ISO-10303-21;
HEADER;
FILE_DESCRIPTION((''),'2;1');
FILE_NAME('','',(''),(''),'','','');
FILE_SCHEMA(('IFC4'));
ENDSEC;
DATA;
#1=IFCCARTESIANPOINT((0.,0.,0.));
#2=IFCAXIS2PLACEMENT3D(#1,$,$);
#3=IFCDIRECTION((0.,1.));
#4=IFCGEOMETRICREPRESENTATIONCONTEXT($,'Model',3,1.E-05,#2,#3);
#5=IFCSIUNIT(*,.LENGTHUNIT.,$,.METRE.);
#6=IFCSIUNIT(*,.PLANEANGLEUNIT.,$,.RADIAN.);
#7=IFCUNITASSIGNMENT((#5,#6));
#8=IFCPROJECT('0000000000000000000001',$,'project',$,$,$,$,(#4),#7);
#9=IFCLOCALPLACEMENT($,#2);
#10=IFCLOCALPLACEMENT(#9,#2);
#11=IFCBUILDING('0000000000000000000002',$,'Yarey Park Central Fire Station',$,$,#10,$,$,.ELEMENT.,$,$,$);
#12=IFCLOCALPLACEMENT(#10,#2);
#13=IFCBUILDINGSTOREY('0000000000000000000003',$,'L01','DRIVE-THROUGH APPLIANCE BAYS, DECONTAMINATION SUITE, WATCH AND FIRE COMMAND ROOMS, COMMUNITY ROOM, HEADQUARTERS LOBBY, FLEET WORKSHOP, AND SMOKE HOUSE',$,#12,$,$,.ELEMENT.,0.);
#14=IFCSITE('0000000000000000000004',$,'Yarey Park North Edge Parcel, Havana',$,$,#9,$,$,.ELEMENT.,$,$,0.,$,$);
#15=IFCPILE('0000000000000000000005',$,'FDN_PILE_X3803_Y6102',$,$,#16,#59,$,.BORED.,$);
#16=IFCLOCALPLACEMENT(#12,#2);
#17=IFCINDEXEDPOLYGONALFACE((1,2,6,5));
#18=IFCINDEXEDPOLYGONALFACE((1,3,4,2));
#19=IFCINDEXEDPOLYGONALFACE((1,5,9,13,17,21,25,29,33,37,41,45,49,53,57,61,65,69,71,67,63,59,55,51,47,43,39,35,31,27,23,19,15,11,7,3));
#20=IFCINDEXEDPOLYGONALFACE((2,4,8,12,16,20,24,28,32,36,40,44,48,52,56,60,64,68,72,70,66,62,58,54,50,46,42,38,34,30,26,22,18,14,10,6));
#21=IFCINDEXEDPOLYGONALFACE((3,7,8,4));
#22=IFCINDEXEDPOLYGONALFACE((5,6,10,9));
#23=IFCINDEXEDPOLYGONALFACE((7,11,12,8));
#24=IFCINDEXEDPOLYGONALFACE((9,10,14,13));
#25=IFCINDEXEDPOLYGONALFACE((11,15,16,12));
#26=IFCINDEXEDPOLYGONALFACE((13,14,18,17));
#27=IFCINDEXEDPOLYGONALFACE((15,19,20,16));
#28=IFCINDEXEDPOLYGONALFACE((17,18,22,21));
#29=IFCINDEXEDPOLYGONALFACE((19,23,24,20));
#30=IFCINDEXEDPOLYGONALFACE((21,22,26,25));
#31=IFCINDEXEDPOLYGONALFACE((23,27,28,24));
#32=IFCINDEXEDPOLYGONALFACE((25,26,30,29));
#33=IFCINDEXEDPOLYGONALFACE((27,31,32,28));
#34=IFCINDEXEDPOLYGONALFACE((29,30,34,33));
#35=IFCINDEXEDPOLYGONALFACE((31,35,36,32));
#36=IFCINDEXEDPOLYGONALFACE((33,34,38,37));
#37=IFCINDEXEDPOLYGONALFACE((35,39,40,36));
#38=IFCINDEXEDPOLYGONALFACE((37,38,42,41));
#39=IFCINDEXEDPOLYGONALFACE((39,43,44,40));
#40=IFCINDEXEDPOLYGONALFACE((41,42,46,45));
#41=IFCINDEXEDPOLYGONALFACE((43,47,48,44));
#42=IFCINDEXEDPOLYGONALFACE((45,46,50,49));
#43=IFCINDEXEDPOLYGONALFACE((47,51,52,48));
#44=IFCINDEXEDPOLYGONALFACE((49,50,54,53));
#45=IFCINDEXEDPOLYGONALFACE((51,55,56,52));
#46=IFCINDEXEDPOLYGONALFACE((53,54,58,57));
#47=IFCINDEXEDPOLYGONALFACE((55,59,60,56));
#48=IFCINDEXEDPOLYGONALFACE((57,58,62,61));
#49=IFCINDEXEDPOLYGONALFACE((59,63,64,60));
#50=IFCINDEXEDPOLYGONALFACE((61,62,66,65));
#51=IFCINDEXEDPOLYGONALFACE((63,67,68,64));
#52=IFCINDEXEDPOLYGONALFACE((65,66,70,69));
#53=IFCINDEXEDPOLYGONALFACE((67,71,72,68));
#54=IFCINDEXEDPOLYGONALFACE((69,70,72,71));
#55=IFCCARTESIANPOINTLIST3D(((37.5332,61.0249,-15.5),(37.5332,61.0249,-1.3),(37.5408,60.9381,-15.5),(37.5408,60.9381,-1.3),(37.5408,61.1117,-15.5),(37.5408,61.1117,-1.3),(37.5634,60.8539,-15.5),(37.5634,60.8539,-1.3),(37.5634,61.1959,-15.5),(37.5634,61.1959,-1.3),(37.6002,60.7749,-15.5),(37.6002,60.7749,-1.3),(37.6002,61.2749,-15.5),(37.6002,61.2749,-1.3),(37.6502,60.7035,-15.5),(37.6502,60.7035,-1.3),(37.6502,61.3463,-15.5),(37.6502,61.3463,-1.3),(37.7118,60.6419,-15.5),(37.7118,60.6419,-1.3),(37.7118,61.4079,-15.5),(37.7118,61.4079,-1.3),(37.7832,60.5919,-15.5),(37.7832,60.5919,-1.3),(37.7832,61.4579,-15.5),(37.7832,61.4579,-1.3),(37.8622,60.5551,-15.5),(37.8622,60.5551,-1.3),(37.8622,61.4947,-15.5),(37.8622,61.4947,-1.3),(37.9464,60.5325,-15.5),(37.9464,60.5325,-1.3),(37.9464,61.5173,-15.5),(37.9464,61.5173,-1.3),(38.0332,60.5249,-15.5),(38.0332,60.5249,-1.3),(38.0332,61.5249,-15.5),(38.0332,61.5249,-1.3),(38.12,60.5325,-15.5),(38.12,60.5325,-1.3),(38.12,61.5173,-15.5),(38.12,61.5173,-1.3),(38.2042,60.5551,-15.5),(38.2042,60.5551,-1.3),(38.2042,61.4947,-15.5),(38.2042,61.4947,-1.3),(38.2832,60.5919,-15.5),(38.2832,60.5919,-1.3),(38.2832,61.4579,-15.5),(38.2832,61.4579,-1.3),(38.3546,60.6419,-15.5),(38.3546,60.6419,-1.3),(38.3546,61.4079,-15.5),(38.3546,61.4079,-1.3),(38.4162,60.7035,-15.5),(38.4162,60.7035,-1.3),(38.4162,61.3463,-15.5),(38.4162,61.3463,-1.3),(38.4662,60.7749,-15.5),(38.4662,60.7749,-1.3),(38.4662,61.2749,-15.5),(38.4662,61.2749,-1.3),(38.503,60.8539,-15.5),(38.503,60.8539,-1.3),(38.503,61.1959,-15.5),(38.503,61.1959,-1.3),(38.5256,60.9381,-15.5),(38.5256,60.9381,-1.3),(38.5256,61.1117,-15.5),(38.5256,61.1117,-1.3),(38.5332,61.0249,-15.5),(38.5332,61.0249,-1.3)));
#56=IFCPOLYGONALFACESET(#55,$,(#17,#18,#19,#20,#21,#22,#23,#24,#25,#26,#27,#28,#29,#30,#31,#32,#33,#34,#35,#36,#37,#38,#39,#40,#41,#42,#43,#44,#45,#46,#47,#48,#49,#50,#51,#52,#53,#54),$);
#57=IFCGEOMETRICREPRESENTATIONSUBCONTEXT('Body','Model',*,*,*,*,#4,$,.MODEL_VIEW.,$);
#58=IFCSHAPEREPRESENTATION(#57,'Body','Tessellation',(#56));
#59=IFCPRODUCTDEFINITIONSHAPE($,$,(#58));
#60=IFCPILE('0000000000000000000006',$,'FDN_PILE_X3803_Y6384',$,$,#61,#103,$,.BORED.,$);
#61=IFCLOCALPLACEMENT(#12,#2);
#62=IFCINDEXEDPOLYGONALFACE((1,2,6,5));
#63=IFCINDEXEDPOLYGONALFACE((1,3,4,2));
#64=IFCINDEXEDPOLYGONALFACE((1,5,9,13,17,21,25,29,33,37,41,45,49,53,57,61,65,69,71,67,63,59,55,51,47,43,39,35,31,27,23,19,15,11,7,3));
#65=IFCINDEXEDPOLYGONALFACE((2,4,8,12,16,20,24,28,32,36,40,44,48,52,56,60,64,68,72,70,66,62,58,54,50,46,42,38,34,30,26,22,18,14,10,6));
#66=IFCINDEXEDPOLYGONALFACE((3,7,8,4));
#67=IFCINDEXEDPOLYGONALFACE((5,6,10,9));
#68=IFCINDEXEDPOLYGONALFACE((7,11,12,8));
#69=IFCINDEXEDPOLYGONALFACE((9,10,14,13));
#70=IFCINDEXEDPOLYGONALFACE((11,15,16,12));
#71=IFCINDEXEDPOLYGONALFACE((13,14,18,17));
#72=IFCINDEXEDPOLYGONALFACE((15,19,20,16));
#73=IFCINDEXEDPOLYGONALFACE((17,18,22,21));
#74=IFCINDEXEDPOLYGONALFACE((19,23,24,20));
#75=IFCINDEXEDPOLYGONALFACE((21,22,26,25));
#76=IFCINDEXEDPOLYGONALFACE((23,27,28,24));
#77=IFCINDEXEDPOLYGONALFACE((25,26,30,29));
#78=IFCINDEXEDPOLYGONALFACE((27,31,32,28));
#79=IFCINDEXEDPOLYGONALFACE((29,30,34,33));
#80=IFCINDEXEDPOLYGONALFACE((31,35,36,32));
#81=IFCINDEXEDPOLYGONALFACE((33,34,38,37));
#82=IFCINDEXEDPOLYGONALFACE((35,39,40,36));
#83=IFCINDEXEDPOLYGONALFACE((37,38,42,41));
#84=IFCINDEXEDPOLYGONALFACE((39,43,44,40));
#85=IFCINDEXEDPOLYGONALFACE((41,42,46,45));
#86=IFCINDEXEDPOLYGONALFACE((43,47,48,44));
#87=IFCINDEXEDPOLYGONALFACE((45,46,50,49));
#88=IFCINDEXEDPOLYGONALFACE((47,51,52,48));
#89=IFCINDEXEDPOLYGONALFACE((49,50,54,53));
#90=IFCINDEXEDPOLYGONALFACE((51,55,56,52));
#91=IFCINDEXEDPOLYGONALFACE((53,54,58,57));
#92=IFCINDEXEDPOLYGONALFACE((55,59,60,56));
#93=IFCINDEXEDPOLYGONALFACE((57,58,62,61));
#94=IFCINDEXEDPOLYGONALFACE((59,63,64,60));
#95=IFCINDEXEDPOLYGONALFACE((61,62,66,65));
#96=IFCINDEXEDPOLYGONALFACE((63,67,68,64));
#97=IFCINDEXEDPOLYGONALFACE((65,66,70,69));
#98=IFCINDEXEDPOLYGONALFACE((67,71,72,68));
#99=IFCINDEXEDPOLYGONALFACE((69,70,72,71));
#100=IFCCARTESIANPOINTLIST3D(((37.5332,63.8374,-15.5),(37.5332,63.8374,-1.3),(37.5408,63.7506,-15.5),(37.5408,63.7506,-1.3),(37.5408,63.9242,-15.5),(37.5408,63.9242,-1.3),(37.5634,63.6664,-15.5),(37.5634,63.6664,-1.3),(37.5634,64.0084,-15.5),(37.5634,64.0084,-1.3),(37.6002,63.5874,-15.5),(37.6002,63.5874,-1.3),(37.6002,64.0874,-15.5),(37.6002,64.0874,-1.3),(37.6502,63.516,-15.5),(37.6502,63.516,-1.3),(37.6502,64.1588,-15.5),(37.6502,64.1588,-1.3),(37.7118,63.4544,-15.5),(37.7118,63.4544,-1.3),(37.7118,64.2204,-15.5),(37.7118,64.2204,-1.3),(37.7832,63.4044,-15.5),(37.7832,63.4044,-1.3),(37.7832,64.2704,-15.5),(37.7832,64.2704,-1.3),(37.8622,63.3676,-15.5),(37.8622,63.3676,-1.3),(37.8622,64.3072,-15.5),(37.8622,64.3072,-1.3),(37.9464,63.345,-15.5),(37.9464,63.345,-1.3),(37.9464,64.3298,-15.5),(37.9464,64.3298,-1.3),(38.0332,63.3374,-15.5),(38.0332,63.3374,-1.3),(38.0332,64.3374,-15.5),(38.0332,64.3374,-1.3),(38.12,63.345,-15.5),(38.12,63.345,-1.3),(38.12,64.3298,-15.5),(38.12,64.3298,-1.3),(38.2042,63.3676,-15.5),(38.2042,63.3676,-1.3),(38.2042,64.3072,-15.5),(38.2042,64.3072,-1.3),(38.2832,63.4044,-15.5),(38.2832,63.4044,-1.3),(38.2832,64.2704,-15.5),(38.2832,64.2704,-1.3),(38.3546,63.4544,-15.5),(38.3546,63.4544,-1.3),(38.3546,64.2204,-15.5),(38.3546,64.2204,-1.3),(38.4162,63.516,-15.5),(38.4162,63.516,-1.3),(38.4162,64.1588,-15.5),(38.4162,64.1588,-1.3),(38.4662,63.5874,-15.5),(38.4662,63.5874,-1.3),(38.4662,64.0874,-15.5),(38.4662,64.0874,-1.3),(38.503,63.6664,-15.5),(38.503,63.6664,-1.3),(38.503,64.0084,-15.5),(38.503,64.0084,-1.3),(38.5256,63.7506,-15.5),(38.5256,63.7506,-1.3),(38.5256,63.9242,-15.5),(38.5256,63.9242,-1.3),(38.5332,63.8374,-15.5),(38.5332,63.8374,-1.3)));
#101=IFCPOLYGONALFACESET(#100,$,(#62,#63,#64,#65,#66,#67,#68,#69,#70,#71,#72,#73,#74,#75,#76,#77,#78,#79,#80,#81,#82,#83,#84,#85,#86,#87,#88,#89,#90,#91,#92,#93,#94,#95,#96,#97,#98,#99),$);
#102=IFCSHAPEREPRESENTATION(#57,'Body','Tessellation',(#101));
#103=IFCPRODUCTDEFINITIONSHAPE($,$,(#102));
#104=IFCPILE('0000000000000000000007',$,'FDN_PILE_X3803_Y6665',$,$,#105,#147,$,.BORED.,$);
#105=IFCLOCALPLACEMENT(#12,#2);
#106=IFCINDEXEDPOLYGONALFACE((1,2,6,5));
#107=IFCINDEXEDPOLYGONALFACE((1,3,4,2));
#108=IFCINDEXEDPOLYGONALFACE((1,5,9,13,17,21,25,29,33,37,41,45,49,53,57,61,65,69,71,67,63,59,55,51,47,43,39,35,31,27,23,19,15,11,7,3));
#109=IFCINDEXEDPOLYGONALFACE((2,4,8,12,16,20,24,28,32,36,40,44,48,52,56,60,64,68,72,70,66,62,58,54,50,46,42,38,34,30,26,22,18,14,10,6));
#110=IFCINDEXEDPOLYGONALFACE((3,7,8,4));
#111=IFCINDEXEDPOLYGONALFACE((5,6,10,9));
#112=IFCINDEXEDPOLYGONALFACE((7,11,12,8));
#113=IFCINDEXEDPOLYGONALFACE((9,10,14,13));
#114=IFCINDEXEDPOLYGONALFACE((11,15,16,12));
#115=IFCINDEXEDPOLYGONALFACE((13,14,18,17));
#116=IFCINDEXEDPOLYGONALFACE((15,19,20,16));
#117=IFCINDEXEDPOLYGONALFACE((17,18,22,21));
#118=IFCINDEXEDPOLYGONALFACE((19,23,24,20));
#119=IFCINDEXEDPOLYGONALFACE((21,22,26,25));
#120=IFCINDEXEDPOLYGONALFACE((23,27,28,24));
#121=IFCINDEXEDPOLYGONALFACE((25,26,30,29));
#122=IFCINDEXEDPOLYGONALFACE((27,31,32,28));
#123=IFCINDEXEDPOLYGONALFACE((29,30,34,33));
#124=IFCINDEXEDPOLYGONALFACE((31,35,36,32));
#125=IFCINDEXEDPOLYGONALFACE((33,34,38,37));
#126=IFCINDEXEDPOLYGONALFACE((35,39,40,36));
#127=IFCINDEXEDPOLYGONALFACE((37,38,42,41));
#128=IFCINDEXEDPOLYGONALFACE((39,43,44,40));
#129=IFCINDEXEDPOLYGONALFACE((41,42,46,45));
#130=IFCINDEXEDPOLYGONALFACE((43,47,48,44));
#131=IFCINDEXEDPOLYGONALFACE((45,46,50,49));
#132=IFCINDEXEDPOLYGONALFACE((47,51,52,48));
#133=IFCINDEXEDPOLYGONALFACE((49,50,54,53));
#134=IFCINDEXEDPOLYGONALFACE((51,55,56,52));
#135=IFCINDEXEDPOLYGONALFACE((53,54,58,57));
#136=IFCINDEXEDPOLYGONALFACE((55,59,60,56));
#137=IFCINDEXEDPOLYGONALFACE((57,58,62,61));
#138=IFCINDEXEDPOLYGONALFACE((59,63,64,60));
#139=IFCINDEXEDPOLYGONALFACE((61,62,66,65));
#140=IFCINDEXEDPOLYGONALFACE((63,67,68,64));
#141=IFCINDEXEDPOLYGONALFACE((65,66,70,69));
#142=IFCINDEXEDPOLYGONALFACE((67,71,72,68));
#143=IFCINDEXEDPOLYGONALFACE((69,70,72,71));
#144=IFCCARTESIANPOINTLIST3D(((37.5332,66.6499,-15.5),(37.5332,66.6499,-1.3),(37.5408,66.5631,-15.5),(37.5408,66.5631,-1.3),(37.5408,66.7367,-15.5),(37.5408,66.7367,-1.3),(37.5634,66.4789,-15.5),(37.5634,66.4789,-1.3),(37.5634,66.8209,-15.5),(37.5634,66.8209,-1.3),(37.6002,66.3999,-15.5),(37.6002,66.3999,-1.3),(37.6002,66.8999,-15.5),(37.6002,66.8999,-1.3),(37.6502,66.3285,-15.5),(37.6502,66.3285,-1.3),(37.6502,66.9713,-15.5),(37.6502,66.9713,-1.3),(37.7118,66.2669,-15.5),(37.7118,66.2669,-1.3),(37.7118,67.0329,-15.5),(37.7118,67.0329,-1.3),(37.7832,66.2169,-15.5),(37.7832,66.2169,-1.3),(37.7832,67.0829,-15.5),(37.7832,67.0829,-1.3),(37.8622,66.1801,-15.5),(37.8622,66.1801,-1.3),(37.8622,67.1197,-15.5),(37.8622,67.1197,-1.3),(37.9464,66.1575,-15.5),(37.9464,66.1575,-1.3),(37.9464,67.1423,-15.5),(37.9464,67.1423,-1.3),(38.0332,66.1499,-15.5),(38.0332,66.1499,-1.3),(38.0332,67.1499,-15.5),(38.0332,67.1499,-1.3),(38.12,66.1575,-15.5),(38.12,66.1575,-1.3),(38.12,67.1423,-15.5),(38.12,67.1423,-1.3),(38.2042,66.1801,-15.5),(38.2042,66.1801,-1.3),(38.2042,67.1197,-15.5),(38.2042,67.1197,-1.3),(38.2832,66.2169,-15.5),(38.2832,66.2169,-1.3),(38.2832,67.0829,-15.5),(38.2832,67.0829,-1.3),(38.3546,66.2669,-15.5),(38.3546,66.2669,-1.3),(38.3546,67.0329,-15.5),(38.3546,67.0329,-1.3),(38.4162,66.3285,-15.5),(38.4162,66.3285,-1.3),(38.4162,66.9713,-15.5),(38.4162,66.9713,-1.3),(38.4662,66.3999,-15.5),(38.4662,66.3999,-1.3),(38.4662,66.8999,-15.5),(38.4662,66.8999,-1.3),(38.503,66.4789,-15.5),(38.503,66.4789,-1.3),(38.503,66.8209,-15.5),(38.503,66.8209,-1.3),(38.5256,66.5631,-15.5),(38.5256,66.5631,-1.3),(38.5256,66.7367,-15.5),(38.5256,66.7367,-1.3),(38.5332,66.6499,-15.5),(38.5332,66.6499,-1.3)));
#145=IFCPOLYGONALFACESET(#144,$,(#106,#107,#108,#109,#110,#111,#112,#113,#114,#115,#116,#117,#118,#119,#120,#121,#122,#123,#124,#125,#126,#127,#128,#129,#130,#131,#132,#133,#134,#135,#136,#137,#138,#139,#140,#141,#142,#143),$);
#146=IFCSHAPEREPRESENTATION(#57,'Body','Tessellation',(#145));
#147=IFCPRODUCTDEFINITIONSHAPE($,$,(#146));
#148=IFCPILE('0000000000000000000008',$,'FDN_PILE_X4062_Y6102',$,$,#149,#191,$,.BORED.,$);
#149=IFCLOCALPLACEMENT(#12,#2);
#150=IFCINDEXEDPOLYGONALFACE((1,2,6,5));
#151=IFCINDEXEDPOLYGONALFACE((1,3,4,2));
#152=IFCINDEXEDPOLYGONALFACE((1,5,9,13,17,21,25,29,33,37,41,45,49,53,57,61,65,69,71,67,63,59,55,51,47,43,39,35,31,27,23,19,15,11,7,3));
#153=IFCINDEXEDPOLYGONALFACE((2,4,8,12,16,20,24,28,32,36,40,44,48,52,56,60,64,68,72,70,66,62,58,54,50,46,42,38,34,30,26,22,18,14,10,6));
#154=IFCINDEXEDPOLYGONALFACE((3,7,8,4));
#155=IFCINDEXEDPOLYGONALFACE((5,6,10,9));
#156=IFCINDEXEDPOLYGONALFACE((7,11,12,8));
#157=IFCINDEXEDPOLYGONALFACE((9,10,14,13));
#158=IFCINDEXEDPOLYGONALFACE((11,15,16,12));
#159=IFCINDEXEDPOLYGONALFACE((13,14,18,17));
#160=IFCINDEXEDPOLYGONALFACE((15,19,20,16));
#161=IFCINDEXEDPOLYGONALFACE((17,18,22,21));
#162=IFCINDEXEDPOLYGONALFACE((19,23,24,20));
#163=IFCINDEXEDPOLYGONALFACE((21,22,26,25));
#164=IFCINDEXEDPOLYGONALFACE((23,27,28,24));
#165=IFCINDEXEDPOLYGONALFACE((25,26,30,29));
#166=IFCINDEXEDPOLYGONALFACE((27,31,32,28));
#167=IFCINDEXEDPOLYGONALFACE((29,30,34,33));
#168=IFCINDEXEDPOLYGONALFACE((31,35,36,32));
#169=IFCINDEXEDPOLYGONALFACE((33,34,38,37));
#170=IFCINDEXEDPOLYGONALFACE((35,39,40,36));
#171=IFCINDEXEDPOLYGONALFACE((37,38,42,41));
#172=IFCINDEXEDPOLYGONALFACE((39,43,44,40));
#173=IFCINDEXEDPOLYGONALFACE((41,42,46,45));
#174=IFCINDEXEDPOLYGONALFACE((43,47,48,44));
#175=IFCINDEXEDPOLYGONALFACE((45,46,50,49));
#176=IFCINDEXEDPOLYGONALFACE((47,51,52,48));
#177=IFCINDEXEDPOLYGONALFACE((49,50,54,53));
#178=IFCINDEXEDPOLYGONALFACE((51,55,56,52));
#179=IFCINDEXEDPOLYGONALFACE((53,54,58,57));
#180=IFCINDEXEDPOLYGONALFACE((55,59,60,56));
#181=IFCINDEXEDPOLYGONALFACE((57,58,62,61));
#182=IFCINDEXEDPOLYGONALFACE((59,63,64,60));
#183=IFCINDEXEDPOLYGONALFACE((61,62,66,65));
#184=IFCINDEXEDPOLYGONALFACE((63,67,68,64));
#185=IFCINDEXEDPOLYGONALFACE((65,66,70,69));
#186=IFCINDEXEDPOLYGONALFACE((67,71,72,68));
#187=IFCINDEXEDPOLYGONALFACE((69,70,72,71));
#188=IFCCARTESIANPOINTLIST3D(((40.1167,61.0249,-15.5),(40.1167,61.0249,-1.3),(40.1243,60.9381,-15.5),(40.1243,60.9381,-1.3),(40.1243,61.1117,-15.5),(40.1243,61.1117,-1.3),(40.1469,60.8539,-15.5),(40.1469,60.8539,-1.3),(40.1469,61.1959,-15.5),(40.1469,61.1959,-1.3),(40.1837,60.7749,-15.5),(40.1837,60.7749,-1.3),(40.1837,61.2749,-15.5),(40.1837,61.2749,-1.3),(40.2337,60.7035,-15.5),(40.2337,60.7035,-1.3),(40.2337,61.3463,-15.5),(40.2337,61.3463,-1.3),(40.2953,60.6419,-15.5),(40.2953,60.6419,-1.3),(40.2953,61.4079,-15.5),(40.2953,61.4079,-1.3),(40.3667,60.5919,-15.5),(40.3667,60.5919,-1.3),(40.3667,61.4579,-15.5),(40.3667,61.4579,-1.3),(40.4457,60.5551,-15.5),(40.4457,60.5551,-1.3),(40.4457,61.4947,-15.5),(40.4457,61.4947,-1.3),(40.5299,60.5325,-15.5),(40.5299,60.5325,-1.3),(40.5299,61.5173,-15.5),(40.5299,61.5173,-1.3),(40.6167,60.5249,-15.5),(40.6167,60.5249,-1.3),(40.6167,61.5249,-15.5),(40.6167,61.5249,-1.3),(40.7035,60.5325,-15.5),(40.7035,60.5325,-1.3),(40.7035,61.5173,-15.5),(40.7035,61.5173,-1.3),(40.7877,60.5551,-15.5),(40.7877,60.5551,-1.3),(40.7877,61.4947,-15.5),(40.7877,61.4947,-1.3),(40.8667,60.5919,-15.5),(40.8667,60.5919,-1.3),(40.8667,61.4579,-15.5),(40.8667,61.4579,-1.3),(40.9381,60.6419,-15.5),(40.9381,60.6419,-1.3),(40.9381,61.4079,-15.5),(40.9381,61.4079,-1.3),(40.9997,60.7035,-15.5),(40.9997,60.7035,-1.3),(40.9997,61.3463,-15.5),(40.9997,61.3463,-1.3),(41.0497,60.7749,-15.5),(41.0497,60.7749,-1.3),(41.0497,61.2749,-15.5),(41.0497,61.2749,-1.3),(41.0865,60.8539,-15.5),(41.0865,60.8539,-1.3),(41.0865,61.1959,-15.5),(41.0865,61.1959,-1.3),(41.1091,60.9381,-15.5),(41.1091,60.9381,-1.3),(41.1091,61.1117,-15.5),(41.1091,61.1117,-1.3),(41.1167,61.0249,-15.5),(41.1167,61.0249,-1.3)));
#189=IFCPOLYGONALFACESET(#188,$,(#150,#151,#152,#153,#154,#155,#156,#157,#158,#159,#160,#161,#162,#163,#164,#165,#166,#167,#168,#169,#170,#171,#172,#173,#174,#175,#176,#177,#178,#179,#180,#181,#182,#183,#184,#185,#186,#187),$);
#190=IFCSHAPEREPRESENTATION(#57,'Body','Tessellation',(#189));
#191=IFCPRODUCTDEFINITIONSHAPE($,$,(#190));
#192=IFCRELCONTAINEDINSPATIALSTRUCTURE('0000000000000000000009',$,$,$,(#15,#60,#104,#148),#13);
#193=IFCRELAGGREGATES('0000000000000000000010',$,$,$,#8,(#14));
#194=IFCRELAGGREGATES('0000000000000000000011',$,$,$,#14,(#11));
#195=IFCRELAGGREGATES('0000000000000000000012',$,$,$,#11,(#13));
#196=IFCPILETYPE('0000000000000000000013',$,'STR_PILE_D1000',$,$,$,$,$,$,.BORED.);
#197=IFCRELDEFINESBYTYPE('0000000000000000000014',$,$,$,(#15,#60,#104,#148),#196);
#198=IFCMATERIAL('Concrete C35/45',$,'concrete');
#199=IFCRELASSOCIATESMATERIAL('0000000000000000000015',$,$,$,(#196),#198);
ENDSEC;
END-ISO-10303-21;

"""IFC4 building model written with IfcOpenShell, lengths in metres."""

from ifc_helpers import new_model, si_unit, direction, frame, origin, origin_2d, place, context, subcontext, project, spatial, circle, extrude, material, material_profile, profile_set, type_object, element, save


model = new_model("IFC4")

# Units and contexts
model_context = context("Model", 3, precision=1e-05, world=origin(), true_north=direction((0.0, 1.0)))
body_context = subcontext(model_context, "Body", "Model", "MODEL_VIEW")
ifc_project = project(units=[si_unit("LENGTHUNIT", "METRE"), si_unit("PLANEANGLEUNIT", "RADIAN")], contexts=[model_context])

# Site, building, storey
site_placement = place(None, origin())
site = spatial("IfcSite", under=ifc_project, at=site_placement, Name="Yarey Park North Edge Parcel, Havana", CompositionType="ELEMENT", RefElevation=0.0)
building_placement = place(site_placement, origin())
building = spatial("IfcBuilding", under=site, at=building_placement, Name="Yarey Park Central Fire Station", CompositionType="ELEMENT")
storey_placement = place(building_placement, origin())
storey = spatial("IfcBuildingStorey", under=building, at=storey_placement, Name="L01", Description="DRIVE-THROUGH APPLIANCE BAYS, DECONTAMINATION SUITE, WATCH AND FIRE COMMAND ROOMS, COMMUNITY ROOM, HEADQUARTERS LOBBY, FLEET WORKSHOP, AND SMOKE HOUSE", CompositionType="ELEMENT", Elevation=0.0)

# Shared definitions
ifc_material_1 = material(Name="Concrete C35/45", Category="concrete")

# Piles
ifc_material_profile_1 = material_profile(ifc_material_1, circle(Radius=0.5, at=origin_2d()), Name="BORED PILE D1000")
ifc_profile_set_1 = profile_set([ifc_material_profile_1], Name="Concrete C35/45")
pile_type_1 = type_object("IfcPileType", Name="STR_PILE_D1000", PredefinedType="BORED", material=ifc_profile_set_1)
for number, where, z_axis, x_axis, name in (
    (1, (38.0332, 61.0249, -1.3), (0.0, 0.0, -1.0), (1.0, 0.0, 0.0), "FDN_PILE_X3803_Y6102"),
    (2, (38.0332, 63.8374, -1.3), (0.0, 0.0, -1.0), (1.0, 0.0, 0.0), "FDN_PILE_X3803_Y6384"),
    (3, (38.0332, 66.6499, -1.3), (0.0, 0.0, -1.0), (1.0, 0.0, 0.0), "FDN_PILE_X3803_Y6665"),
    (4, (40.6167, 61.0249, -1.3), (0.0, 0.0, -1.0), (1.0, 0.0, 0.0), "FDN_PILE_X4062_Y6102"),
):
    element("IfcPile", number, at=place(storey_placement, frame(where, z_axis=z_axis, x_axis=x_axis)), inside=storey, type_object=pile_type_1, Name=name, PredefinedType="BORED", context=body_context, shape_type="SweptSolid", body=[
        extrude(circle(Radius=0.5, at=origin_2d()), origin(), (0.0, 0.0, 1.0), 14.2),
    ])

save(model, "model.ifc")
